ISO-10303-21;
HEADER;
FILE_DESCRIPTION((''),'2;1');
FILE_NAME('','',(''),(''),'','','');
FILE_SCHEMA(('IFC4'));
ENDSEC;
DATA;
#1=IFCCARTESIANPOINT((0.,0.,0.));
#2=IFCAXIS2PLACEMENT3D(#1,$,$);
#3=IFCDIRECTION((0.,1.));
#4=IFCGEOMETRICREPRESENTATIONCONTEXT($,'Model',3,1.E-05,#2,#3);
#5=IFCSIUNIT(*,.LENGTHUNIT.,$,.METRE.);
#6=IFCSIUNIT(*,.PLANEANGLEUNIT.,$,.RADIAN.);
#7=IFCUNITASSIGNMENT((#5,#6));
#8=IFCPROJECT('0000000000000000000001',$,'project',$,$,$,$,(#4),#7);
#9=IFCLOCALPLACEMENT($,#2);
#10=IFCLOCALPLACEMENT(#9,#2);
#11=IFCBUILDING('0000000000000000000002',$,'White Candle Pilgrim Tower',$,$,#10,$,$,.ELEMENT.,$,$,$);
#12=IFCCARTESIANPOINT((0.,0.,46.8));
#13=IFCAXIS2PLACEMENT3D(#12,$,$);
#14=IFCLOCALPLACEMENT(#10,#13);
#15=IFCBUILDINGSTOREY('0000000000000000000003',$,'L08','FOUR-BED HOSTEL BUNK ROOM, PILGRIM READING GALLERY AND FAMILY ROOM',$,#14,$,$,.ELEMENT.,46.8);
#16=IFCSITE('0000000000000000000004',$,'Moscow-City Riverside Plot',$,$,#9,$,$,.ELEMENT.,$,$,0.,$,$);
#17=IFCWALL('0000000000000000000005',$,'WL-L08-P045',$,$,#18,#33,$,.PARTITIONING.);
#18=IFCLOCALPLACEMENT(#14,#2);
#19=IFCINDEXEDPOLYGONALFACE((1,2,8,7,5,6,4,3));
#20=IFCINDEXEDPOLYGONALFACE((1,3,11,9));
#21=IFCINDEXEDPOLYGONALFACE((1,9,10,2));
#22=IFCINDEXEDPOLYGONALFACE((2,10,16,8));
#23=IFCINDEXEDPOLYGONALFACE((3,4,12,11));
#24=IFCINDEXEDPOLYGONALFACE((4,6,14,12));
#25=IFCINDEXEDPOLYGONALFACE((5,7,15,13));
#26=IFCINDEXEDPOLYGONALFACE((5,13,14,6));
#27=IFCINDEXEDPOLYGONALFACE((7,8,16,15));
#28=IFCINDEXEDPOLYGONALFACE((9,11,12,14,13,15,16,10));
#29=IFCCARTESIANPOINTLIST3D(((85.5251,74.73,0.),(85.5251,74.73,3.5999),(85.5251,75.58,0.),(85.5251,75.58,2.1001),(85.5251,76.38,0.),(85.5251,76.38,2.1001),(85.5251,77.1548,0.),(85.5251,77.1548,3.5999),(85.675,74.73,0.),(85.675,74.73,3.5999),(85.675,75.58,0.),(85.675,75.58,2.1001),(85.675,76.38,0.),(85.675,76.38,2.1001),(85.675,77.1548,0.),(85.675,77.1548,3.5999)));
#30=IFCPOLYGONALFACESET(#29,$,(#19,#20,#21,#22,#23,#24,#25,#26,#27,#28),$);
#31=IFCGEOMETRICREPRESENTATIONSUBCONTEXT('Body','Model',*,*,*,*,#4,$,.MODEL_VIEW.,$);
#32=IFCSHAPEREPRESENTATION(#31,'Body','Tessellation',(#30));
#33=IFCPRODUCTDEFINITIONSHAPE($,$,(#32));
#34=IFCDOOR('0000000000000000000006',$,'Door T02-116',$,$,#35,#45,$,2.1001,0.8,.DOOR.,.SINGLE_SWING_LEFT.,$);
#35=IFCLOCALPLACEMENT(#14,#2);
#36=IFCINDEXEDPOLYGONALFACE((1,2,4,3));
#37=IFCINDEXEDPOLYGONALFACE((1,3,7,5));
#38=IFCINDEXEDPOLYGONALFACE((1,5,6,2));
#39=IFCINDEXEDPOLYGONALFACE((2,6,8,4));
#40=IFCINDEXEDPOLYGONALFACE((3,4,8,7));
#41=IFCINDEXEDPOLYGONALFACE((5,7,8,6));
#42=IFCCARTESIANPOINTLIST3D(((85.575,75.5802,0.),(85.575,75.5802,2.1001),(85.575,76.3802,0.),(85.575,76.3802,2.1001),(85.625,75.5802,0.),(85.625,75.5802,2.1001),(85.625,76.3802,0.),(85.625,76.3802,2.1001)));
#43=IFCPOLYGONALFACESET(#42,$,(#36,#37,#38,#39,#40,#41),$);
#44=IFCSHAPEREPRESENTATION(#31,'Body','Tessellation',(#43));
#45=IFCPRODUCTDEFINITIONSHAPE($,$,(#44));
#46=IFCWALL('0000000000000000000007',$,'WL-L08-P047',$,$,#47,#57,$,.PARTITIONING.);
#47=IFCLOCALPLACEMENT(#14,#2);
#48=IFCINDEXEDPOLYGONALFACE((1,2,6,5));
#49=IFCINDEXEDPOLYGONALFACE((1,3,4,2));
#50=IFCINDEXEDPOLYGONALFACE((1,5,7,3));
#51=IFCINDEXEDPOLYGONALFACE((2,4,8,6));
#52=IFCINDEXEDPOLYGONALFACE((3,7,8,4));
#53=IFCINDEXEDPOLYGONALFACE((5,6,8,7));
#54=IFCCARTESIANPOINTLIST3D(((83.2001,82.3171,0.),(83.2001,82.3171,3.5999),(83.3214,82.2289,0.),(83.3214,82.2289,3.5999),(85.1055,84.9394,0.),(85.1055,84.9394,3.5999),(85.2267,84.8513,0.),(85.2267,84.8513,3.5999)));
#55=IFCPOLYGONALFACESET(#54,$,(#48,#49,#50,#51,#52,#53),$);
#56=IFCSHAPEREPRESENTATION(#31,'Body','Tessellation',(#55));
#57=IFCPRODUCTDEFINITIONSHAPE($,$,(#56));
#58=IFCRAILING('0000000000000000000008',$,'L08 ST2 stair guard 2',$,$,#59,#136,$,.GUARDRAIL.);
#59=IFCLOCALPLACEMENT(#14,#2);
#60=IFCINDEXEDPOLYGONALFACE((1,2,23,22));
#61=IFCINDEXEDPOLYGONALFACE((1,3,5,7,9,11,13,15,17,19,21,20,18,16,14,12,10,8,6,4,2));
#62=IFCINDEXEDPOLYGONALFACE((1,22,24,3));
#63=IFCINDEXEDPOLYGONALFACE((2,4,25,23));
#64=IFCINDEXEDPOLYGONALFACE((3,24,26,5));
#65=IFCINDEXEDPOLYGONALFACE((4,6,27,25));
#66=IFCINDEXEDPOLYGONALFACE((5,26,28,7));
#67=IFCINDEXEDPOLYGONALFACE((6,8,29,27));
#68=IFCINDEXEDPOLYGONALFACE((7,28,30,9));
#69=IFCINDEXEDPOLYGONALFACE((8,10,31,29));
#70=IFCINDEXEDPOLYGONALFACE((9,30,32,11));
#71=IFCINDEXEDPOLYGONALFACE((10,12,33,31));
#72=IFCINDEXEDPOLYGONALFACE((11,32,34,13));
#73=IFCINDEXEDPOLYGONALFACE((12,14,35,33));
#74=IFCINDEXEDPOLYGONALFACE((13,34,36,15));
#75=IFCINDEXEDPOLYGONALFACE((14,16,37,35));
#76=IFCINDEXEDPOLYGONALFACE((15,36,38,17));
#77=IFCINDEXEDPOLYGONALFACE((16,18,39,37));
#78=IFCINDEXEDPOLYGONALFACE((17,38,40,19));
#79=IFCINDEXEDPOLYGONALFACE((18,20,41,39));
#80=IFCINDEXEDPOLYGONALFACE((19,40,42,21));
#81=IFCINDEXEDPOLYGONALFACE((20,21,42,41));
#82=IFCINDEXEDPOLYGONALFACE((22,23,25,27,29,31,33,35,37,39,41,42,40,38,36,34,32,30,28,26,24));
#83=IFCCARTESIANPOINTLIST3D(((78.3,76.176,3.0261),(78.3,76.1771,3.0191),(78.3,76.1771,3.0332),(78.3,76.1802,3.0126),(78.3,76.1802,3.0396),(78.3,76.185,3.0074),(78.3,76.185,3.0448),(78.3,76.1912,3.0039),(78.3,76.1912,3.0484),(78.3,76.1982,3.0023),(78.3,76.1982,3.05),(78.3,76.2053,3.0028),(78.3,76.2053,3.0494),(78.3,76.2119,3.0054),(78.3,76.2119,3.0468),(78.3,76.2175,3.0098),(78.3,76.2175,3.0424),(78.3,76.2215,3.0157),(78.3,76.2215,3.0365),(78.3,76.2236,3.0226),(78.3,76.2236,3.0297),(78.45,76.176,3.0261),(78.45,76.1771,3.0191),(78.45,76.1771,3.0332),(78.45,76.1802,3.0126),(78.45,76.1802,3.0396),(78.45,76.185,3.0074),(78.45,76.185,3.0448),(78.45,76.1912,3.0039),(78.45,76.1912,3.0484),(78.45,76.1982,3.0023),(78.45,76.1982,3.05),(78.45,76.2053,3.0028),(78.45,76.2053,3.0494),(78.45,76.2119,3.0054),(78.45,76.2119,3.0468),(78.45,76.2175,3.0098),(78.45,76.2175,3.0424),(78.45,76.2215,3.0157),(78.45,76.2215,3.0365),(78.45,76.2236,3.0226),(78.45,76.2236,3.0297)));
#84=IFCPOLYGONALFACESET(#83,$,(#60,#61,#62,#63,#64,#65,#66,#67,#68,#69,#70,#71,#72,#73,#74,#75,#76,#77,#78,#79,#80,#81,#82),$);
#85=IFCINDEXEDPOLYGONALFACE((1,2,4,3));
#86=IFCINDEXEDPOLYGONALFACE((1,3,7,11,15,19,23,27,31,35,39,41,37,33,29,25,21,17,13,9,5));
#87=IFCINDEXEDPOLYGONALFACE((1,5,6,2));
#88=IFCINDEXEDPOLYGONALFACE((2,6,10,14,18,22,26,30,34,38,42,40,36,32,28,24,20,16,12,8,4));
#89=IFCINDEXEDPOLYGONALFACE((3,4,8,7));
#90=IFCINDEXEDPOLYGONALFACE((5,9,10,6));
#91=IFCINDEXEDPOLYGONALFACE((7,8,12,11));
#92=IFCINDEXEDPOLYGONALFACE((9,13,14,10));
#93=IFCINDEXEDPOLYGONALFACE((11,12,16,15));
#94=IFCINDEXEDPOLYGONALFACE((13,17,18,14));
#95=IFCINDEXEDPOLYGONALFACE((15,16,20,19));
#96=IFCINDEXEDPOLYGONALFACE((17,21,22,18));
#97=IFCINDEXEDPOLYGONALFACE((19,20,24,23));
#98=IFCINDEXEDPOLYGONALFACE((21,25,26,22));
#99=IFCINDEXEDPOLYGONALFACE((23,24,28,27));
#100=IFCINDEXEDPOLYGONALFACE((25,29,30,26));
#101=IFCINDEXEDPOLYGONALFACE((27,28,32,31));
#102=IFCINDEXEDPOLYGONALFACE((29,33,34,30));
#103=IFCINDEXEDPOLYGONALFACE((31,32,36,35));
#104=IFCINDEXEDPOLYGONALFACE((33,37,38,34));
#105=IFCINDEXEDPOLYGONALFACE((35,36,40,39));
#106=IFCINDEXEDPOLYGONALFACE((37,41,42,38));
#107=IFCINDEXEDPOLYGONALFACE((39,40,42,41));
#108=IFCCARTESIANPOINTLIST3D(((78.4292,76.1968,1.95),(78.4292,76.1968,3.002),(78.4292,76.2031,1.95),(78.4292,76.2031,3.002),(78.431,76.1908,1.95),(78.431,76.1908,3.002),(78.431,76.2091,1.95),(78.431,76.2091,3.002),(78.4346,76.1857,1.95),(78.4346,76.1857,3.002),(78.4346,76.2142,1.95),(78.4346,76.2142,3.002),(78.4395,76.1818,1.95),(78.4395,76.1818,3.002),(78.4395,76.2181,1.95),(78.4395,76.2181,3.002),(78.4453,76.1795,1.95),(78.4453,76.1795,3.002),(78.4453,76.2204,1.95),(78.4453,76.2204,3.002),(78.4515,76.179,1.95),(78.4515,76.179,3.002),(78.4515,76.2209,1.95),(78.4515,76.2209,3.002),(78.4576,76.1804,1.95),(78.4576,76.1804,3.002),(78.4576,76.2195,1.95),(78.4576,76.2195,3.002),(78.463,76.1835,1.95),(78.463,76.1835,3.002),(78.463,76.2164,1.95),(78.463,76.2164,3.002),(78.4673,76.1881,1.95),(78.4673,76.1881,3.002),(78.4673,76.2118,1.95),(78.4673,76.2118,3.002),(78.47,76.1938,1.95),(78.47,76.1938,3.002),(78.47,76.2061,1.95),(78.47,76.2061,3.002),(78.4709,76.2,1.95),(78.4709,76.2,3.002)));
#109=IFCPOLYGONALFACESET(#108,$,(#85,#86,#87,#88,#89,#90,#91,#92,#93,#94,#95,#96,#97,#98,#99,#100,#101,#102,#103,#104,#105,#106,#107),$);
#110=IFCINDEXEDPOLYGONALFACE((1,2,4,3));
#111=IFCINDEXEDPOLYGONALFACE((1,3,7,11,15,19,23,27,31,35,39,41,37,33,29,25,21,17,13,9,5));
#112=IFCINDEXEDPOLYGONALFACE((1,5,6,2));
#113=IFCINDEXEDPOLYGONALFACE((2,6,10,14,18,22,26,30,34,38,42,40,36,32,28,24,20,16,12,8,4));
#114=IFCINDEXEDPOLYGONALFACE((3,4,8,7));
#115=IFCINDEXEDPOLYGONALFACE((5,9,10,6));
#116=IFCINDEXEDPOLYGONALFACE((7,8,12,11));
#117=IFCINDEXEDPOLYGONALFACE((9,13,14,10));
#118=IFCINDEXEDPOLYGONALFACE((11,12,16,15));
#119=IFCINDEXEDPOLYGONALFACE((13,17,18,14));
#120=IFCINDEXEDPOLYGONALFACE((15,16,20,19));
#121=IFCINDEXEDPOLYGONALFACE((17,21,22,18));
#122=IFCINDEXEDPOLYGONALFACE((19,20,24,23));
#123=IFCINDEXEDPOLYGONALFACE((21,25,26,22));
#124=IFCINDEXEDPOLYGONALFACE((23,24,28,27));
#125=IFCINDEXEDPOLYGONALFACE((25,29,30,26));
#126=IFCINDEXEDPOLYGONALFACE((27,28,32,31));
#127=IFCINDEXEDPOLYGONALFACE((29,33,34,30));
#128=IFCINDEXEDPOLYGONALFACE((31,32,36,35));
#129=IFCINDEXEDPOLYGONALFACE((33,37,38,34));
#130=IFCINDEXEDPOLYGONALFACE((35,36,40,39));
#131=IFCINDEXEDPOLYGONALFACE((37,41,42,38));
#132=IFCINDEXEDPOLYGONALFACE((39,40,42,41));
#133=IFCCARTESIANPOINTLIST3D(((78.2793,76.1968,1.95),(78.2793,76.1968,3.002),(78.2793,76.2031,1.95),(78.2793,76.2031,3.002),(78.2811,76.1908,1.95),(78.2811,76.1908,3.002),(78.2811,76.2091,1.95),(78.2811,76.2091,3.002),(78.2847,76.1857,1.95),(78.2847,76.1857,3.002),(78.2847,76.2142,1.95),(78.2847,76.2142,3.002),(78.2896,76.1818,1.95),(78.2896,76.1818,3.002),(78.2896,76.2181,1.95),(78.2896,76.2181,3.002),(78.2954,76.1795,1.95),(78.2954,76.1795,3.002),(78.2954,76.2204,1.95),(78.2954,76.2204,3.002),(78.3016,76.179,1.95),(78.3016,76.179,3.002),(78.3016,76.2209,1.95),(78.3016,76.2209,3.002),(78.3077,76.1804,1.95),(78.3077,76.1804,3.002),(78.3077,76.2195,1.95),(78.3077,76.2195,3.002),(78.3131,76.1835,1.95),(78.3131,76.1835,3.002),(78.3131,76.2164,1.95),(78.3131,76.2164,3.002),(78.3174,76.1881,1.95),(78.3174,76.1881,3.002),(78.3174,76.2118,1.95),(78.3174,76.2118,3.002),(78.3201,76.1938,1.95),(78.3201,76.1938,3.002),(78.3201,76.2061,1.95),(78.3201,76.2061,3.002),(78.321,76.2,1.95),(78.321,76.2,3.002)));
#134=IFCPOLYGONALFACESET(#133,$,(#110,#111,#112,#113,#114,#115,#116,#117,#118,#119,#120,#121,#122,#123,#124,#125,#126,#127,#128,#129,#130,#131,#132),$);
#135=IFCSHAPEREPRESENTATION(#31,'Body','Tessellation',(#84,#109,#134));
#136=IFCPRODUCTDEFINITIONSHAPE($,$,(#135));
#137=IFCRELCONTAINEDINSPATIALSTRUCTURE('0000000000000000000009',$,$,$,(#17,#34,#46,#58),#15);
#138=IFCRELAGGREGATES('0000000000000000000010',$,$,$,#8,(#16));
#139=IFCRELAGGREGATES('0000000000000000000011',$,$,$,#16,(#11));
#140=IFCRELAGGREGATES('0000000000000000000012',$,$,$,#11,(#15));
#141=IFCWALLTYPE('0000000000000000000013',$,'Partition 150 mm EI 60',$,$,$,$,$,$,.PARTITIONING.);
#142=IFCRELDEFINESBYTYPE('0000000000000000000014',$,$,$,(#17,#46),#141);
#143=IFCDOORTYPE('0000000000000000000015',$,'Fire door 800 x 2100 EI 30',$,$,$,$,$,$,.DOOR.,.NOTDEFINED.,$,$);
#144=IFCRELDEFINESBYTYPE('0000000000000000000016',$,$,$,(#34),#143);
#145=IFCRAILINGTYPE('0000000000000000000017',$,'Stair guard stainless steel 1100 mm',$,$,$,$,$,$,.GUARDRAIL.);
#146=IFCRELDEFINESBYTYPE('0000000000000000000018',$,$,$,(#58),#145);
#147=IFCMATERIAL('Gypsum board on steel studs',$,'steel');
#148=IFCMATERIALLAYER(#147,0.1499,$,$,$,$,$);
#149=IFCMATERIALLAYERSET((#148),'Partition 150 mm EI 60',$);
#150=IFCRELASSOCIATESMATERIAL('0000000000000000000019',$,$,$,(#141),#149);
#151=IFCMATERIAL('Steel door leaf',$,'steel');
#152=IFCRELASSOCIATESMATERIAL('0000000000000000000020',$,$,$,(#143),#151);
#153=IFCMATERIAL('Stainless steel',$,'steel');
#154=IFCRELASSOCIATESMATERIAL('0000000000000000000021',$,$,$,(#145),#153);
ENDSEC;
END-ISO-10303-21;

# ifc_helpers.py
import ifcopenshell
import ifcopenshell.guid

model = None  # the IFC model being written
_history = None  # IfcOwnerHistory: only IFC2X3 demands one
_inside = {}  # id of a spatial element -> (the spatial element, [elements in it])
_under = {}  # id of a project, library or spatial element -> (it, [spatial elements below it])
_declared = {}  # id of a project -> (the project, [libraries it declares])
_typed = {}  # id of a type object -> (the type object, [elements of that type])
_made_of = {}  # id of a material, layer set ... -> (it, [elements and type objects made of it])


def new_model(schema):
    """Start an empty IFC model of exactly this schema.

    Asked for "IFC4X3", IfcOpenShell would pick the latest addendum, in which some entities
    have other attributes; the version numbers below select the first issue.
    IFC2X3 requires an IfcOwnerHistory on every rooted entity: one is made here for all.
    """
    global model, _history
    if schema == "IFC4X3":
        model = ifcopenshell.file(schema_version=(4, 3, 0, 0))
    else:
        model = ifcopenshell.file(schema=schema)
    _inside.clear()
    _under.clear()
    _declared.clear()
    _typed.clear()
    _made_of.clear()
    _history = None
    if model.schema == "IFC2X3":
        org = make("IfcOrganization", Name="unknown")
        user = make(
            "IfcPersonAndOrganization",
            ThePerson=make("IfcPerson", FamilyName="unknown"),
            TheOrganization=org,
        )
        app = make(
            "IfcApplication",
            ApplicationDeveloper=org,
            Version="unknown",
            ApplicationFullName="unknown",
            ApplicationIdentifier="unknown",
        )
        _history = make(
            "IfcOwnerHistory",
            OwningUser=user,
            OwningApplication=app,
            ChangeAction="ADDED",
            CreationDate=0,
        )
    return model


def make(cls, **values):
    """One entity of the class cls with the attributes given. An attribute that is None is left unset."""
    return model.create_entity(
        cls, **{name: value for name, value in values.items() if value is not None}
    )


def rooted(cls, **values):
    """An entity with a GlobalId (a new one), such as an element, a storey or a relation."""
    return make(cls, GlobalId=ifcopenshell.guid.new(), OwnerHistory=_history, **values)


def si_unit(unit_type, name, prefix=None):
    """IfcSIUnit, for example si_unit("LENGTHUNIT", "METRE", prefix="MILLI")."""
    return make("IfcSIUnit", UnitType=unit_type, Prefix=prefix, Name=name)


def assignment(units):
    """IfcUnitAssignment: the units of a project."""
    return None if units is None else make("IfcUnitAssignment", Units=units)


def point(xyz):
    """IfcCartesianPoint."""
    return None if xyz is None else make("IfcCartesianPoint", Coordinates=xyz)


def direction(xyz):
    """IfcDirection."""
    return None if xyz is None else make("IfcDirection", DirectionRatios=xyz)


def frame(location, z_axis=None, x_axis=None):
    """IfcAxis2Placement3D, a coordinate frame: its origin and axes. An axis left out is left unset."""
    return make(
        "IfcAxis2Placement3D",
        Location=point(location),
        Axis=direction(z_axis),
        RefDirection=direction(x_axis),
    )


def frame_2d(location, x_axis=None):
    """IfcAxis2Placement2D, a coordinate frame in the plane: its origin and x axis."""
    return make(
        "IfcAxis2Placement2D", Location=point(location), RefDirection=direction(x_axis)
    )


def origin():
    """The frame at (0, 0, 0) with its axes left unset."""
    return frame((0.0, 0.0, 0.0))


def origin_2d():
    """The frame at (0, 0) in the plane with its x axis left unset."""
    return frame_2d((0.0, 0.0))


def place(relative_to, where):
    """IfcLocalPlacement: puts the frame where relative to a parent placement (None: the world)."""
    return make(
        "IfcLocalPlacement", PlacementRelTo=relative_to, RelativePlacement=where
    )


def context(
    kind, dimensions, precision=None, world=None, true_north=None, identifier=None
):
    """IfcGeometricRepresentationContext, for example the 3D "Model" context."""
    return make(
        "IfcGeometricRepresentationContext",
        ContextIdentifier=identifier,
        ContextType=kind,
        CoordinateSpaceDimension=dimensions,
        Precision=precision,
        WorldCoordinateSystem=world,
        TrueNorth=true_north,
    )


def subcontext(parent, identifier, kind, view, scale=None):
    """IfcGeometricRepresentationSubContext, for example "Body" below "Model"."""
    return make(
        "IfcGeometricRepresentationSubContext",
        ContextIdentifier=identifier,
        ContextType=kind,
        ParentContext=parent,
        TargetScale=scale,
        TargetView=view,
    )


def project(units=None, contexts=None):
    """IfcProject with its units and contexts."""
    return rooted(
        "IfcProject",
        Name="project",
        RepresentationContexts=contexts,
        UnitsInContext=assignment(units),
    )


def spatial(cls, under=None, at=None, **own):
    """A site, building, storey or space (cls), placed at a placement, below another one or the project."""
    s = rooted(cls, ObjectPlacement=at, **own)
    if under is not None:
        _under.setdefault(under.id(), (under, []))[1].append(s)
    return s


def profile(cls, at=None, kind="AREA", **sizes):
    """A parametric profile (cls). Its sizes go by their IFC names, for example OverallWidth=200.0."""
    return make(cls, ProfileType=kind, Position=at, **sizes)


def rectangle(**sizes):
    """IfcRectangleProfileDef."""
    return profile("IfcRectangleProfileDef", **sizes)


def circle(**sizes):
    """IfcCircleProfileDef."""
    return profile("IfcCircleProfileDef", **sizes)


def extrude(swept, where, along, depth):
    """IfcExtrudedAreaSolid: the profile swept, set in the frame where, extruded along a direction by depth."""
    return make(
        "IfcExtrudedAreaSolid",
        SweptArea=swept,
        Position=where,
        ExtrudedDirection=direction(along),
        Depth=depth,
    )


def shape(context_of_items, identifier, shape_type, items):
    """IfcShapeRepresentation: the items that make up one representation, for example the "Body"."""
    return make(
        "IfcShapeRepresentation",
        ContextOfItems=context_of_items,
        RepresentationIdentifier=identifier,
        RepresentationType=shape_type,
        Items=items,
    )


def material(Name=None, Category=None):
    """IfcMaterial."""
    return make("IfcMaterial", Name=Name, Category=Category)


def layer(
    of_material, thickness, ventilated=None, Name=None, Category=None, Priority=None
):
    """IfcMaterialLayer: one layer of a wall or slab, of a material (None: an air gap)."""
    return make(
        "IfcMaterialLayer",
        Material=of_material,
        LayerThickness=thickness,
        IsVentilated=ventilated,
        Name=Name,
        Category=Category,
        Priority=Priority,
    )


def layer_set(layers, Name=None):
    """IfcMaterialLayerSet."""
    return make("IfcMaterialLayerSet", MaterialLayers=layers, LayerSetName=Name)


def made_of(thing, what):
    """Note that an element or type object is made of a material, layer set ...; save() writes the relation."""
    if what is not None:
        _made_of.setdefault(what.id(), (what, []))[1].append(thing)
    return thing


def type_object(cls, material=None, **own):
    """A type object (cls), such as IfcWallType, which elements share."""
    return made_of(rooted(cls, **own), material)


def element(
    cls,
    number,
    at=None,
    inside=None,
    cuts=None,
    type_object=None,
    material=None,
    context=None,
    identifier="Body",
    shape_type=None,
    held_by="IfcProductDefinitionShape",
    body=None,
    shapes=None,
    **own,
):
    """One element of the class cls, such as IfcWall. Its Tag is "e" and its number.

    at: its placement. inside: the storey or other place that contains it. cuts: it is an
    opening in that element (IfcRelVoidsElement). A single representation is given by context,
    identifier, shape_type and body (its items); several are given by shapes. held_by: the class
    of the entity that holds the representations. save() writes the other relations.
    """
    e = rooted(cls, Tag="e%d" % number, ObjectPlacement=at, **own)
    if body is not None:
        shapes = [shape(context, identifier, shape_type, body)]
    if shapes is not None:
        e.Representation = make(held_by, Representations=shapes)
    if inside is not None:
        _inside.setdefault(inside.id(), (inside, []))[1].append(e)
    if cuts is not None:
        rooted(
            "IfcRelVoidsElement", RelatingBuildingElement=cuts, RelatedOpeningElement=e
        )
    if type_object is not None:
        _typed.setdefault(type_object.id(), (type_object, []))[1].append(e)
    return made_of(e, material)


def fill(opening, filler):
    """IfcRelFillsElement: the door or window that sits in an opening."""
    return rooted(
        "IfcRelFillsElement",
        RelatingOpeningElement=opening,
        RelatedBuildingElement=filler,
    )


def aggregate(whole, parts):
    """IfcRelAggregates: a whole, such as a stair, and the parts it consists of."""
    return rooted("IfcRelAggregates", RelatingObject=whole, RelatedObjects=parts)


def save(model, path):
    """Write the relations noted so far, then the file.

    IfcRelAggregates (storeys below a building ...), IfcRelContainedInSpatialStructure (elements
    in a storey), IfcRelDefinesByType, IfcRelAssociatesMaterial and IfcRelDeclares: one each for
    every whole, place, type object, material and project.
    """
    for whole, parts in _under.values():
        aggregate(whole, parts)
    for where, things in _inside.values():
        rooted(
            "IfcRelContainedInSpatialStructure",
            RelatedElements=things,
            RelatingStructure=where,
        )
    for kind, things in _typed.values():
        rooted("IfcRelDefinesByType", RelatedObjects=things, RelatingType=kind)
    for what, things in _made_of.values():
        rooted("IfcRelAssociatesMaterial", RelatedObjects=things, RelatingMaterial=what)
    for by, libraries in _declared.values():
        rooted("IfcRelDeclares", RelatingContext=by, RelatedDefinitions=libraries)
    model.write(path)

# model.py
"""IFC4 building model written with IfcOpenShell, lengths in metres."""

from ifc_helpers import new_model, si_unit, direction, frame, frame_2d, origin, origin_2d, place, context, subcontext, project, spatial, rectangle, circle, extrude, material, layer, layer_set, type_object, element, fill, save


model = new_model("IFC4")

# Units and contexts
model_context = context("Model", 3, precision=1e-05, world=origin(), true_north=direction((0.0, 1.0)))
body_context = subcontext(model_context, "Body", "Model", "MODEL_VIEW")
ifc_project = project(units=[si_unit("LENGTHUNIT", "METRE"), si_unit("PLANEANGLEUNIT", "RADIAN")], contexts=[model_context])

# Site, building, storey
site_placement = place(None, origin())
site = spatial("IfcSite", under=ifc_project, at=site_placement, Name="Moscow-City Riverside Plot", CompositionType="ELEMENT", RefElevation=0.0)
building_placement = place(site_placement, origin())
building = spatial("IfcBuilding", under=site, at=building_placement, Name="White Candle Pilgrim Tower", CompositionType="ELEMENT")
storey_placement = place(building_placement, frame((0.0, 0.0, 46.8)))
storey = spatial("IfcBuildingStorey", under=building, at=storey_placement, Name="L08", Description="FOUR-BED HOSTEL BUNK ROOM, PILGRIM READING GALLERY AND FAMILY ROOM", CompositionType="ELEMENT", Elevation=46.8)

# Shared definitions
ifc_material_1 = material(Name="Steel door leaf", Category="steel")

# Shared definitions
ifc_material_2 = material(Name="Gypsum board on steel studs", Category="steel")

# Shared definitions
ifc_layer_1 = layer(ifc_material_2, 0.1499)
ifc_layer_set_1 = layer_set([ifc_layer_1], Name="Partition 150 mm EI 60")
wall_type_1 = type_object("IfcWallType", Name="Partition 150 mm EI 60", PredefinedType="PARTITIONING", material=ifc_layer_set_1)

# Wall, opening, door
wall_1_placement = place(storey_placement, frame((85.6001, 74.73, 0.0), z_axis=(0.0, 0.0, 1.0), x_axis=(0.0, 1.0, 0.0)))
wall_1 = element("IfcWall", 1, at=wall_1_placement, inside=storey, type_object=wall_type_1, Name="WL-L08-P045", PredefinedType="PARTITIONING", context=body_context, shape_type="SweptSolid", body=[
    extrude(rectangle(XDim=2.4248, YDim=0.1499, at=frame_2d((1.2124, 0.0))), origin(), (0.0, 0.0, 1.0), 3.5999),
])
opening_1_placement = place(wall_1_placement, frame((0.8501, 0.0, 0.0)))
opening_1 = element("IfcOpeningElement", 2, at=opening_1_placement, cuts=wall_1, PredefinedType="OPENING", context=body_context, shape_type="SweptSolid", body=[
    extrude(rectangle(XDim=0.8, YDim=2.1001, at=frame_2d((0.3999, 1.05))), frame((0.0, 0.085, 0.0), z_axis=(0.0, -1.0, 0.0), x_axis=(1.0, 0.0, 0.0)), (0.0, 0.0, 1.0), 0.1699),
])
door_type_1 = type_object("IfcDoorType", Name="Fire door 800 x 2100 EI 30", OperationType="NOTDEFINED", PredefinedType="DOOR", material=ifc_material_1)
door_1_placement = place(opening_1_placement, frame((0.8, 0.0, 0.0), z_axis=(0.0, 0.0, 1.0), x_axis=(-1.0, 0.0, 0.0)))
door_1 = element("IfcDoor", 3, at=door_1_placement, inside=storey, type_object=door_type_1, Name="Door T02-116", OperationType="SINGLE_SWING_LEFT", OverallHeight=2.1001, OverallWidth=0.8, PredefinedType="DOOR", context=body_context, shape_type="SweptSolid", body=[
    extrude(rectangle(XDim=0.8, YDim=2.1001, at=frame_2d((0.3999, 1.05))), frame((0.0, 0.0249, 0.0), z_axis=(0.0, -1.0, 0.0), x_axis=(1.0, 0.0, 0.0)), (0.0, 0.0, 1.0), 0.05),
])
fill(opening_1, door_1)

# Wall
wall_2_placement = place(storey_placement, frame((85.166, 84.8953, 0.0), z_axis=(0.0, 0.0, 1.0), x_axis=(-0.587795, -0.80901, 0.0)))
element("IfcWall", 4, at=wall_2_placement, inside=storey, type_object=wall_type_1, Name="WL-L08-P047", PredefinedType="PARTITIONING", context=body_context, shape_type="SweptSolid", body=[
    extrude(rectangle(XDim=3.2415, YDim=0.1499, at=frame_2d((1.6206, 0.0))), origin(), (0.0, 0.0, 1.0), 3.5999),
])

# Railing
ifc_material_3 = material(Name="Stainless steel", Category="steel")
railing_type = type_object("IfcRailingType", Name="Stair guard stainless steel 1100 mm", PredefinedType="GUARDRAIL", material=ifc_material_3)
railing_1_placement = place(storey_placement, frame((78.45, 76.2, 1.95)))
element("IfcRailing", 5, at=railing_1_placement, inside=storey, type_object=railing_type, Name="L08 ST2 stair guard 2", PredefinedType="GUARDRAIL", context=body_context, shape_type="SweptSolid", body=[
    extrude(circle(Radius=0.0239, at=origin_2d()), frame((0.0, 0.0, 1.0762), z_axis=(-1.0, 0.0, 0.0), x_axis=(0.0, -1.0, 0.0)), (0.0, 0.0, 1.0), 0.1499),
    extrude(circle(Radius=0.021, at=origin_2d()), origin(), (0.0, 0.0, 1.0), 1.052),
    extrude(circle(Radius=0.021, at=origin_2d()), frame((-0.1499, 0.0, 0.0)), (0.0, 0.0, 1.0), 1.052),
])

save(model, "model.ifc")
